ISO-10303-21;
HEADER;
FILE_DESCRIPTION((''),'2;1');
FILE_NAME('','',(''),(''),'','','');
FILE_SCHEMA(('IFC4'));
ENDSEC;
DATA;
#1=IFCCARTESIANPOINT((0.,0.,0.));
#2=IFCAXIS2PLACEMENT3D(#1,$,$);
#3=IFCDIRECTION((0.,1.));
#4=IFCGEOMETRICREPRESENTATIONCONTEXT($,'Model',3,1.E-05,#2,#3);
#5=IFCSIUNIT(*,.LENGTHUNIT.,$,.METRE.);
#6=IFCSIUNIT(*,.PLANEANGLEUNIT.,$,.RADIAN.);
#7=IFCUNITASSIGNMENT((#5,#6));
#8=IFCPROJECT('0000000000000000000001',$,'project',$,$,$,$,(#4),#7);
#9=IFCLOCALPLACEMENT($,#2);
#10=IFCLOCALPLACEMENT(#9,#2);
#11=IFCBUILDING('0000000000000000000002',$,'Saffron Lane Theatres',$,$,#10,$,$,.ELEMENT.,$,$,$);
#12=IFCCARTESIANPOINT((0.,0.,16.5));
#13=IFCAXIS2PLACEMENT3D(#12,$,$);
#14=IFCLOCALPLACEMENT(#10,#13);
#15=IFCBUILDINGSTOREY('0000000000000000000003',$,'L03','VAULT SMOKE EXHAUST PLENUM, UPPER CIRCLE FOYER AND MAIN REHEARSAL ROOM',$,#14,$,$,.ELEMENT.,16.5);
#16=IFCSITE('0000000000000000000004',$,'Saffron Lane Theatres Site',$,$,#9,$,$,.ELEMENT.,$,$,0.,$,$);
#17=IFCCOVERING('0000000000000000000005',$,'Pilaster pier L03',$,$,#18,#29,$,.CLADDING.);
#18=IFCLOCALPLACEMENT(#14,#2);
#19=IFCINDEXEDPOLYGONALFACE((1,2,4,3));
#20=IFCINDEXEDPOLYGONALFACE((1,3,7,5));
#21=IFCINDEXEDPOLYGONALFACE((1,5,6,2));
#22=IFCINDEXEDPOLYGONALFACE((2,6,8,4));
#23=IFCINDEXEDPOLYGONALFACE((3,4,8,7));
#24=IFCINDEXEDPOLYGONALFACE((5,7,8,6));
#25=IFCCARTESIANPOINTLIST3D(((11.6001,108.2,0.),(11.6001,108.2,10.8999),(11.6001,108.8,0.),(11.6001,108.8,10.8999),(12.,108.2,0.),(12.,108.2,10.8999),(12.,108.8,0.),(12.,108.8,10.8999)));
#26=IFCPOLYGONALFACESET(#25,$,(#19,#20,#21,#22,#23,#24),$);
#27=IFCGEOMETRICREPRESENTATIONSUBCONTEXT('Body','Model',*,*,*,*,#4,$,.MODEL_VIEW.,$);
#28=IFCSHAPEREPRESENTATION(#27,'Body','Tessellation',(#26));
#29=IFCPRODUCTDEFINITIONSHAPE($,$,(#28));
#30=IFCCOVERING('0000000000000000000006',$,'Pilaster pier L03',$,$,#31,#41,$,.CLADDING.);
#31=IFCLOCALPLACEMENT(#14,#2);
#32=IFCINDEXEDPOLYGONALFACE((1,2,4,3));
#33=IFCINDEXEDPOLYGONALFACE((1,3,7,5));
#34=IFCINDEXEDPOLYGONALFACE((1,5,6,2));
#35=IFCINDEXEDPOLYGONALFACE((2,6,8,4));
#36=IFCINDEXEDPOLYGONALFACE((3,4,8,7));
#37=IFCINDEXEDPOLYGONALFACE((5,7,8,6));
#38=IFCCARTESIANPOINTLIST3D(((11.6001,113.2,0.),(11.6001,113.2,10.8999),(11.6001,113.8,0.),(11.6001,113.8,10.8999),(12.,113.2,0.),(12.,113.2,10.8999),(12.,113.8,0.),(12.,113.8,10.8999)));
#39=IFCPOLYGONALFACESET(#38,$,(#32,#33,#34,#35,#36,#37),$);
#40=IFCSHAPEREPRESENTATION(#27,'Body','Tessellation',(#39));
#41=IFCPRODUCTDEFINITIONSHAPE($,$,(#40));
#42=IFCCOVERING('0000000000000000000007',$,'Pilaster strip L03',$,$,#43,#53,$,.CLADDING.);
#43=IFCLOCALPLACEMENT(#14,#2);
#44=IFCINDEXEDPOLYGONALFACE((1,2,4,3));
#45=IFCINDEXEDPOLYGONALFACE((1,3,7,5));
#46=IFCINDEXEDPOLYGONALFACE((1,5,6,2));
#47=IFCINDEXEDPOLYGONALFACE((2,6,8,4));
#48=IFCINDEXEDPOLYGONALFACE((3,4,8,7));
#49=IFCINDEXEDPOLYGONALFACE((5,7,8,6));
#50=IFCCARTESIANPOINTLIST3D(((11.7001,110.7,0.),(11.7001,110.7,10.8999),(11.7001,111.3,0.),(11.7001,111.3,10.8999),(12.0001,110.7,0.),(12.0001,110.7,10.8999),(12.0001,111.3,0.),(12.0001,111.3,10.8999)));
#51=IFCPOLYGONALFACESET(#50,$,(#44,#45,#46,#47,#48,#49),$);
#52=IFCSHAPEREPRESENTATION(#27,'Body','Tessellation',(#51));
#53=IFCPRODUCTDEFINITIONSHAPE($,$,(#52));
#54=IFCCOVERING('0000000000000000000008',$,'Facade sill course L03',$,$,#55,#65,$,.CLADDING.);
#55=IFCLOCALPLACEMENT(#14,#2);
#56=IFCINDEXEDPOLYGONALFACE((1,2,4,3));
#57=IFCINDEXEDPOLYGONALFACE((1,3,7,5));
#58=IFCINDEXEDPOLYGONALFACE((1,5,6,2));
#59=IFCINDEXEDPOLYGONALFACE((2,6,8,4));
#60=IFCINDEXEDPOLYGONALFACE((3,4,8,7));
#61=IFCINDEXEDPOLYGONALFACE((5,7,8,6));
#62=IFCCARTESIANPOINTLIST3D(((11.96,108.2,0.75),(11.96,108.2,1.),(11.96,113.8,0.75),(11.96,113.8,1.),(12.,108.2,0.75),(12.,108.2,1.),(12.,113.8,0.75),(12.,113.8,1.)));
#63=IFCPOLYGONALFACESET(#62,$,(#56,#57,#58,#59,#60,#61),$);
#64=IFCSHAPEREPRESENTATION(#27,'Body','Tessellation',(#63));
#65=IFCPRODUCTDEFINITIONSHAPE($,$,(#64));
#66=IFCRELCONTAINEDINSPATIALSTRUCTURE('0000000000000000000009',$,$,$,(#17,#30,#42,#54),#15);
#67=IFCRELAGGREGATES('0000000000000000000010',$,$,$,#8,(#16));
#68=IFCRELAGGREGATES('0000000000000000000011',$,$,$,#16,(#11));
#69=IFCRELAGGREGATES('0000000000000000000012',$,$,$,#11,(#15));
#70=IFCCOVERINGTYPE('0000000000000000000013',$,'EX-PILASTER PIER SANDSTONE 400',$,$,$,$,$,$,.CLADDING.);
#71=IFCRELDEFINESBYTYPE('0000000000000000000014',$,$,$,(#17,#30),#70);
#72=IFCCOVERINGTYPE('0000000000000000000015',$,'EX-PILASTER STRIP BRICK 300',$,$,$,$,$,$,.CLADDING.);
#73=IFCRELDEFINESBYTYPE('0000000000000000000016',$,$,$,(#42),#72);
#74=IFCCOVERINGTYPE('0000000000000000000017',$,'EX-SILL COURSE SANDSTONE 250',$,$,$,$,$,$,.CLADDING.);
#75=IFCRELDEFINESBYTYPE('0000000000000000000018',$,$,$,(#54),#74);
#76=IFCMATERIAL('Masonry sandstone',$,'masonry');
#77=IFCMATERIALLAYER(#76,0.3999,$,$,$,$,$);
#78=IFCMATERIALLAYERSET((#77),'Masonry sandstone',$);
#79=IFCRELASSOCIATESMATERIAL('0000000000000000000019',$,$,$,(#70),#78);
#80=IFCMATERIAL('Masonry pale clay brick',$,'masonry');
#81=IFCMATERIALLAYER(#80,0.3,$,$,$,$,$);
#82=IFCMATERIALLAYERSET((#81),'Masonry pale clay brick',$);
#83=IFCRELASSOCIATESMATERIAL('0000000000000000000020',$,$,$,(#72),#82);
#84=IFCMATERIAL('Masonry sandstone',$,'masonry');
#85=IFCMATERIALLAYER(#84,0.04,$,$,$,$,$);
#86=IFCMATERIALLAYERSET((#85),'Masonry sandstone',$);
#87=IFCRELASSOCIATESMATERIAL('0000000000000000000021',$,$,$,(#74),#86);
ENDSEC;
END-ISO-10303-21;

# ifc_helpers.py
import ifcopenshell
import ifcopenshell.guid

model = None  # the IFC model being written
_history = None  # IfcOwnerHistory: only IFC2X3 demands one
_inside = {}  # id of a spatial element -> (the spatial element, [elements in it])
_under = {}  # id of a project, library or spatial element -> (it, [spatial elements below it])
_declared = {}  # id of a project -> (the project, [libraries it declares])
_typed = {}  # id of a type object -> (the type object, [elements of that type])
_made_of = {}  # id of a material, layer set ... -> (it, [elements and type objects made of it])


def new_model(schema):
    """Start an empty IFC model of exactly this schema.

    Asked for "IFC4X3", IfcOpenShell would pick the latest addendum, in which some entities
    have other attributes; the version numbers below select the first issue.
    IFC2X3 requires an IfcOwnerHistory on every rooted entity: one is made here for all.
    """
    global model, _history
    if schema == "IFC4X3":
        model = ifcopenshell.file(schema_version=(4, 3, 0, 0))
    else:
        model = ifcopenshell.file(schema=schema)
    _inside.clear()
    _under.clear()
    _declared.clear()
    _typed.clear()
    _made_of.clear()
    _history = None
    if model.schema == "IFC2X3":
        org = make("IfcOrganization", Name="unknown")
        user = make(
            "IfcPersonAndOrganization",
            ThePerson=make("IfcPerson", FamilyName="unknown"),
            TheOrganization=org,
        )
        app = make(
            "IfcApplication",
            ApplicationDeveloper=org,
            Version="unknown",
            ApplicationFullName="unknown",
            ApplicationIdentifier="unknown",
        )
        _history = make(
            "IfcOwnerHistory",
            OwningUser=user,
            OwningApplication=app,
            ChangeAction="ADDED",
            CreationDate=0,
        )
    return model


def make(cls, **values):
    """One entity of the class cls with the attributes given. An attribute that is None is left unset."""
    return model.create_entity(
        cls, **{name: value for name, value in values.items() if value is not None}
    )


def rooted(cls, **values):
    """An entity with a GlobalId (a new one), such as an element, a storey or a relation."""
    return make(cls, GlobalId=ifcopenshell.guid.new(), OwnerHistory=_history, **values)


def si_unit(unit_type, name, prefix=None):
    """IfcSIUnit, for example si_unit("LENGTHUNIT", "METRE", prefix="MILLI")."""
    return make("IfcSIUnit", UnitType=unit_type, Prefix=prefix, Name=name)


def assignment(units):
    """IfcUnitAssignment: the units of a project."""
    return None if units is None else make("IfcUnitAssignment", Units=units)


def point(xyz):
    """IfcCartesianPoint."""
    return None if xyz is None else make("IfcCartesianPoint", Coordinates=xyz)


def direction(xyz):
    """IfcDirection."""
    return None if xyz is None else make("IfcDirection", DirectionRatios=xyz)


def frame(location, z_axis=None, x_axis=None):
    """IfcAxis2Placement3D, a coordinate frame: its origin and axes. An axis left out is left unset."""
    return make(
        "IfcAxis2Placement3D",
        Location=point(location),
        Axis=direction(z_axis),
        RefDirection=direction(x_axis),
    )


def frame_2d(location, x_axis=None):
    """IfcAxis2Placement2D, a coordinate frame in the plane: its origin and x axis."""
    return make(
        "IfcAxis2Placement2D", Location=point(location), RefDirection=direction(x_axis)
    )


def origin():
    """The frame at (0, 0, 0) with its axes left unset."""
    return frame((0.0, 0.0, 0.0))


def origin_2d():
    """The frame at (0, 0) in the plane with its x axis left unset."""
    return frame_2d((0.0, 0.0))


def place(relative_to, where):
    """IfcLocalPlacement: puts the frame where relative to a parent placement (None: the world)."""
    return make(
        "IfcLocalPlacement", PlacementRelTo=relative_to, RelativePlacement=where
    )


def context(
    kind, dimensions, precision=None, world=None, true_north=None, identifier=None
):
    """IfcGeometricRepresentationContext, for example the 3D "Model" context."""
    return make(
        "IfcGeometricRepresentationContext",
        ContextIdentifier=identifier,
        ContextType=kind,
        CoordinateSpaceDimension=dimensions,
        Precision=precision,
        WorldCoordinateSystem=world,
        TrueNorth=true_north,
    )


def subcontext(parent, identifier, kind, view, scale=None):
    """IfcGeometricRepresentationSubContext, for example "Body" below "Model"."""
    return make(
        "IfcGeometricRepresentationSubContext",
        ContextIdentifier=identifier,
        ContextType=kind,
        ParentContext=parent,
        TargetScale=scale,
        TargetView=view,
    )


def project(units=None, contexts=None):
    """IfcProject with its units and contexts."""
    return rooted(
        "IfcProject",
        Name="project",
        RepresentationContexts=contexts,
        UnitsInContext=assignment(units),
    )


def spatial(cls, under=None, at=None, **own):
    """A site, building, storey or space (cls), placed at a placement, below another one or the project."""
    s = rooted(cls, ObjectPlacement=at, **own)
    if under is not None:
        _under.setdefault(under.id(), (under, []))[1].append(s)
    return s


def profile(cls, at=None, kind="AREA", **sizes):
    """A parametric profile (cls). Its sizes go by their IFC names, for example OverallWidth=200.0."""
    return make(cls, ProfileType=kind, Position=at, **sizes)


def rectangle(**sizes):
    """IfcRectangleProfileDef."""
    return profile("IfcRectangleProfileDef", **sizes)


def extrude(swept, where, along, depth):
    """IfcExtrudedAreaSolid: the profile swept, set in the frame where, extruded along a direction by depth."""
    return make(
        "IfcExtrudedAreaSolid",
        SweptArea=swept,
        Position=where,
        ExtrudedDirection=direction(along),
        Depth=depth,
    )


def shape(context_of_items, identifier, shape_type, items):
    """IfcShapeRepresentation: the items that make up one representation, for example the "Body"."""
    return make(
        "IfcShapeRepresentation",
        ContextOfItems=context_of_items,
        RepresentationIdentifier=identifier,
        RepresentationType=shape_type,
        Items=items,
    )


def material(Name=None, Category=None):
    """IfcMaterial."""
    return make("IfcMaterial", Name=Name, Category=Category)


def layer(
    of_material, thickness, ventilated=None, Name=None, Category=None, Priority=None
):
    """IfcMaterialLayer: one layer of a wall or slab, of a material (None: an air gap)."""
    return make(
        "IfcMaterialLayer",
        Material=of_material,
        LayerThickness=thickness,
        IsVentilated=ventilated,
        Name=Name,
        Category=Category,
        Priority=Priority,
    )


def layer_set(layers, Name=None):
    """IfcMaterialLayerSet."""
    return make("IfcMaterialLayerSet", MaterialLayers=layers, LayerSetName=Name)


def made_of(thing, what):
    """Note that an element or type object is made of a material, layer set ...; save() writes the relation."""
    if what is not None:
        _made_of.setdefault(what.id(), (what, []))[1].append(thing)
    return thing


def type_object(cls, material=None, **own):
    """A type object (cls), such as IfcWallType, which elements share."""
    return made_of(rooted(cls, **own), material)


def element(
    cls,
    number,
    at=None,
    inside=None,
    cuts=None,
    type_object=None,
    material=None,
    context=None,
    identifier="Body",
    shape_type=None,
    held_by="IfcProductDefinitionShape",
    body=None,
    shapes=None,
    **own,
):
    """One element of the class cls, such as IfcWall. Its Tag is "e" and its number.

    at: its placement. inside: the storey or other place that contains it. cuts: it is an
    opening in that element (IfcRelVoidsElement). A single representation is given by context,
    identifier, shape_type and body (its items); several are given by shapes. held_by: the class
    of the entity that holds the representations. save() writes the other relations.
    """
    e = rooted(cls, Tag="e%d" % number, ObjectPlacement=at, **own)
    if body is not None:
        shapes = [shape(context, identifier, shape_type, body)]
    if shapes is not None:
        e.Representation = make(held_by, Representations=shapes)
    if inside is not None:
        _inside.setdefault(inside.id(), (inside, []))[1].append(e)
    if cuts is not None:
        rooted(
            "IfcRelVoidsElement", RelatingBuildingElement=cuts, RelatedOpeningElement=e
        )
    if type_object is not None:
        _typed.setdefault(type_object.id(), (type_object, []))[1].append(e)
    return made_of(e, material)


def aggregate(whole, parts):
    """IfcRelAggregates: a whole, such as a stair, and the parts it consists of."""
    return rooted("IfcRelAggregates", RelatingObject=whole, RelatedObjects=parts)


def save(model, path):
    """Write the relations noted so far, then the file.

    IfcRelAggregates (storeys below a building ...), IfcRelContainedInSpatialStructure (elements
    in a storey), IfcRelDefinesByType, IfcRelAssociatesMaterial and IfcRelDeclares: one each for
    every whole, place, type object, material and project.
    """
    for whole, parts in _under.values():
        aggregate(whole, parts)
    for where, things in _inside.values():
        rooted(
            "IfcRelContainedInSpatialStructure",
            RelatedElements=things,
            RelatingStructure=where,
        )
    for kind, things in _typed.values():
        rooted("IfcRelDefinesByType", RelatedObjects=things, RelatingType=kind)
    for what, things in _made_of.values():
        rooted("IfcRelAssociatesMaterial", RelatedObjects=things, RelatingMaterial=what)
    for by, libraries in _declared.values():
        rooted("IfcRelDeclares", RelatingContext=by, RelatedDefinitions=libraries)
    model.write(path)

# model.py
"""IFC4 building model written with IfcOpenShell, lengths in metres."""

from ifc_helpers import new_model, si_unit, direction, frame, origin, origin_2d, place, context, subcontext, project, spatial, rectangle, extrude, material, layer, layer_set, type_object, element, save


model = new_model("IFC4")

# Units and contexts
model_context = context("Model", 3, precision=1e-05, world=origin(), true_north=direction((0.0, 1.0)))
body_context = subcontext(model_context, "Body", "Model", "MODEL_VIEW")
ifc_project = project(units=[si_unit("LENGTHUNIT", "METRE"), si_unit("PLANEANGLEUNIT", "RADIAN")], contexts=[model_context])

# Site, building, storey
site_placement = place(None, origin())
site = spatial("IfcSite", under=ifc_project, at=site_placement, Name="Saffron Lane Theatres Site", CompositionType="ELEMENT", RefElevation=0.0)
building_placement = place(site_placement, origin())
building = spatial("IfcBuilding", under=site, at=building_placement, Name="Saffron Lane Theatres", CompositionType="ELEMENT")
storey_placement = place(building_placement, frame((0.0, 0.0, 16.5)))
storey = spatial("IfcBuildingStorey", under=building, at=storey_placement, Name="L03", Description="VAULT SMOKE EXHAUST PLENUM, UPPER CIRCLE FOYER AND MAIN REHEARSAL ROOM", CompositionType="ELEMENT", Elevation=16.5)

# Coverings
ifc_material_1 = material(Name="Masonry sandstone", Category="masonry")
ifc_layer_1 = layer(ifc_material_1, 0.3999)
ifc_layer_set_1 = layer_set([ifc_layer_1], Name="Masonry sandstone")
covering_type_1 = type_object("IfcCoveringType", Name="EX-PILASTER PIER SANDSTONE 400", PredefinedType="CLADDING", material=ifc_layer_set_1)
for number, where, z_axis, x_axis, name in (
    (1, (11.8, 108.5, 0.0), (0.0, 0.0, 1.0), (0.0, 1.0, 0.0), "Pilaster pier L03"),
    (2, (11.8, 113.5, 0.0), (0.0, 0.0, 1.0), (0.0, 1.0, 0.0), "Pilaster pier L03"),
):
    element("IfcCovering", number, at=place(storey_placement, frame(where, z_axis=z_axis, x_axis=x_axis)), inside=storey, type_object=covering_type_1, Name=name, PredefinedType="CLADDING", context=body_context, shape_type="SweptSolid", body=[
        extrude(rectangle(XDim=0.6001, YDim=0.3999, at=origin_2d()), origin(), (0.0, 0.0, 1.0), 10.8999),
    ])
ifc_material_2 = material(Name="Masonry pale clay brick", Category="masonry")
ifc_layer_2 = layer(ifc_material_2, 0.3)
ifc_layer_set_2 = layer_set([ifc_layer_2], Name="Masonry pale clay brick")
covering_type_2 = type_object("IfcCoveringType", Name="EX-PILASTER STRIP BRICK 300", PredefinedType="CLADDING", material=ifc_layer_set_2)
covering_1_placement = place(storey_placement, frame((11.8501, 111.0, 0.0), z_axis=(0.0, 0.0, 1.0), x_axis=(0.0, 1.0, 0.0)))
element("IfcCovering", 3, at=covering_1_placement, inside=storey, type_object=covering_type_2, Name="Pilaster strip L03", PredefinedType="CLADDING", context=body_context, shape_type="SweptSolid", body=[
    extrude(rectangle(XDim=0.6001, YDim=0.3, at=origin_2d()), origin(), (0.0, 0.0, 1.0), 10.8999),
])
ifc_material_3 = material(Name="Masonry sandstone", Category="masonry")
ifc_layer_3 = layer(ifc_material_3, 0.04)
ifc_layer_set_3 = layer_set([ifc_layer_3], Name="Masonry sandstone")
covering_type_3 = type_object("IfcCoveringType", Name="EX-SILL COURSE SANDSTONE 250", PredefinedType="CLADDING", material=ifc_layer_set_3)
covering_2_placement = place(storey_placement, frame((11.98, 111.0, 0.75), z_axis=(0.0, 0.0, 1.0), x_axis=(0.0, 1.0, 0.0)))
element("IfcCovering", 4, at=covering_2_placement, inside=storey, type_object=covering_type_3, Name="Facade sill course L03", PredefinedType="CLADDING", context=body_context, shape_type="SweptSolid", body=[
    extrude(rectangle(XDim=5.6001, YDim=0.04, at=origin_2d()), origin(), (0.0, 0.0, 1.0), 0.25),
])

save(model, "model.ifc")
